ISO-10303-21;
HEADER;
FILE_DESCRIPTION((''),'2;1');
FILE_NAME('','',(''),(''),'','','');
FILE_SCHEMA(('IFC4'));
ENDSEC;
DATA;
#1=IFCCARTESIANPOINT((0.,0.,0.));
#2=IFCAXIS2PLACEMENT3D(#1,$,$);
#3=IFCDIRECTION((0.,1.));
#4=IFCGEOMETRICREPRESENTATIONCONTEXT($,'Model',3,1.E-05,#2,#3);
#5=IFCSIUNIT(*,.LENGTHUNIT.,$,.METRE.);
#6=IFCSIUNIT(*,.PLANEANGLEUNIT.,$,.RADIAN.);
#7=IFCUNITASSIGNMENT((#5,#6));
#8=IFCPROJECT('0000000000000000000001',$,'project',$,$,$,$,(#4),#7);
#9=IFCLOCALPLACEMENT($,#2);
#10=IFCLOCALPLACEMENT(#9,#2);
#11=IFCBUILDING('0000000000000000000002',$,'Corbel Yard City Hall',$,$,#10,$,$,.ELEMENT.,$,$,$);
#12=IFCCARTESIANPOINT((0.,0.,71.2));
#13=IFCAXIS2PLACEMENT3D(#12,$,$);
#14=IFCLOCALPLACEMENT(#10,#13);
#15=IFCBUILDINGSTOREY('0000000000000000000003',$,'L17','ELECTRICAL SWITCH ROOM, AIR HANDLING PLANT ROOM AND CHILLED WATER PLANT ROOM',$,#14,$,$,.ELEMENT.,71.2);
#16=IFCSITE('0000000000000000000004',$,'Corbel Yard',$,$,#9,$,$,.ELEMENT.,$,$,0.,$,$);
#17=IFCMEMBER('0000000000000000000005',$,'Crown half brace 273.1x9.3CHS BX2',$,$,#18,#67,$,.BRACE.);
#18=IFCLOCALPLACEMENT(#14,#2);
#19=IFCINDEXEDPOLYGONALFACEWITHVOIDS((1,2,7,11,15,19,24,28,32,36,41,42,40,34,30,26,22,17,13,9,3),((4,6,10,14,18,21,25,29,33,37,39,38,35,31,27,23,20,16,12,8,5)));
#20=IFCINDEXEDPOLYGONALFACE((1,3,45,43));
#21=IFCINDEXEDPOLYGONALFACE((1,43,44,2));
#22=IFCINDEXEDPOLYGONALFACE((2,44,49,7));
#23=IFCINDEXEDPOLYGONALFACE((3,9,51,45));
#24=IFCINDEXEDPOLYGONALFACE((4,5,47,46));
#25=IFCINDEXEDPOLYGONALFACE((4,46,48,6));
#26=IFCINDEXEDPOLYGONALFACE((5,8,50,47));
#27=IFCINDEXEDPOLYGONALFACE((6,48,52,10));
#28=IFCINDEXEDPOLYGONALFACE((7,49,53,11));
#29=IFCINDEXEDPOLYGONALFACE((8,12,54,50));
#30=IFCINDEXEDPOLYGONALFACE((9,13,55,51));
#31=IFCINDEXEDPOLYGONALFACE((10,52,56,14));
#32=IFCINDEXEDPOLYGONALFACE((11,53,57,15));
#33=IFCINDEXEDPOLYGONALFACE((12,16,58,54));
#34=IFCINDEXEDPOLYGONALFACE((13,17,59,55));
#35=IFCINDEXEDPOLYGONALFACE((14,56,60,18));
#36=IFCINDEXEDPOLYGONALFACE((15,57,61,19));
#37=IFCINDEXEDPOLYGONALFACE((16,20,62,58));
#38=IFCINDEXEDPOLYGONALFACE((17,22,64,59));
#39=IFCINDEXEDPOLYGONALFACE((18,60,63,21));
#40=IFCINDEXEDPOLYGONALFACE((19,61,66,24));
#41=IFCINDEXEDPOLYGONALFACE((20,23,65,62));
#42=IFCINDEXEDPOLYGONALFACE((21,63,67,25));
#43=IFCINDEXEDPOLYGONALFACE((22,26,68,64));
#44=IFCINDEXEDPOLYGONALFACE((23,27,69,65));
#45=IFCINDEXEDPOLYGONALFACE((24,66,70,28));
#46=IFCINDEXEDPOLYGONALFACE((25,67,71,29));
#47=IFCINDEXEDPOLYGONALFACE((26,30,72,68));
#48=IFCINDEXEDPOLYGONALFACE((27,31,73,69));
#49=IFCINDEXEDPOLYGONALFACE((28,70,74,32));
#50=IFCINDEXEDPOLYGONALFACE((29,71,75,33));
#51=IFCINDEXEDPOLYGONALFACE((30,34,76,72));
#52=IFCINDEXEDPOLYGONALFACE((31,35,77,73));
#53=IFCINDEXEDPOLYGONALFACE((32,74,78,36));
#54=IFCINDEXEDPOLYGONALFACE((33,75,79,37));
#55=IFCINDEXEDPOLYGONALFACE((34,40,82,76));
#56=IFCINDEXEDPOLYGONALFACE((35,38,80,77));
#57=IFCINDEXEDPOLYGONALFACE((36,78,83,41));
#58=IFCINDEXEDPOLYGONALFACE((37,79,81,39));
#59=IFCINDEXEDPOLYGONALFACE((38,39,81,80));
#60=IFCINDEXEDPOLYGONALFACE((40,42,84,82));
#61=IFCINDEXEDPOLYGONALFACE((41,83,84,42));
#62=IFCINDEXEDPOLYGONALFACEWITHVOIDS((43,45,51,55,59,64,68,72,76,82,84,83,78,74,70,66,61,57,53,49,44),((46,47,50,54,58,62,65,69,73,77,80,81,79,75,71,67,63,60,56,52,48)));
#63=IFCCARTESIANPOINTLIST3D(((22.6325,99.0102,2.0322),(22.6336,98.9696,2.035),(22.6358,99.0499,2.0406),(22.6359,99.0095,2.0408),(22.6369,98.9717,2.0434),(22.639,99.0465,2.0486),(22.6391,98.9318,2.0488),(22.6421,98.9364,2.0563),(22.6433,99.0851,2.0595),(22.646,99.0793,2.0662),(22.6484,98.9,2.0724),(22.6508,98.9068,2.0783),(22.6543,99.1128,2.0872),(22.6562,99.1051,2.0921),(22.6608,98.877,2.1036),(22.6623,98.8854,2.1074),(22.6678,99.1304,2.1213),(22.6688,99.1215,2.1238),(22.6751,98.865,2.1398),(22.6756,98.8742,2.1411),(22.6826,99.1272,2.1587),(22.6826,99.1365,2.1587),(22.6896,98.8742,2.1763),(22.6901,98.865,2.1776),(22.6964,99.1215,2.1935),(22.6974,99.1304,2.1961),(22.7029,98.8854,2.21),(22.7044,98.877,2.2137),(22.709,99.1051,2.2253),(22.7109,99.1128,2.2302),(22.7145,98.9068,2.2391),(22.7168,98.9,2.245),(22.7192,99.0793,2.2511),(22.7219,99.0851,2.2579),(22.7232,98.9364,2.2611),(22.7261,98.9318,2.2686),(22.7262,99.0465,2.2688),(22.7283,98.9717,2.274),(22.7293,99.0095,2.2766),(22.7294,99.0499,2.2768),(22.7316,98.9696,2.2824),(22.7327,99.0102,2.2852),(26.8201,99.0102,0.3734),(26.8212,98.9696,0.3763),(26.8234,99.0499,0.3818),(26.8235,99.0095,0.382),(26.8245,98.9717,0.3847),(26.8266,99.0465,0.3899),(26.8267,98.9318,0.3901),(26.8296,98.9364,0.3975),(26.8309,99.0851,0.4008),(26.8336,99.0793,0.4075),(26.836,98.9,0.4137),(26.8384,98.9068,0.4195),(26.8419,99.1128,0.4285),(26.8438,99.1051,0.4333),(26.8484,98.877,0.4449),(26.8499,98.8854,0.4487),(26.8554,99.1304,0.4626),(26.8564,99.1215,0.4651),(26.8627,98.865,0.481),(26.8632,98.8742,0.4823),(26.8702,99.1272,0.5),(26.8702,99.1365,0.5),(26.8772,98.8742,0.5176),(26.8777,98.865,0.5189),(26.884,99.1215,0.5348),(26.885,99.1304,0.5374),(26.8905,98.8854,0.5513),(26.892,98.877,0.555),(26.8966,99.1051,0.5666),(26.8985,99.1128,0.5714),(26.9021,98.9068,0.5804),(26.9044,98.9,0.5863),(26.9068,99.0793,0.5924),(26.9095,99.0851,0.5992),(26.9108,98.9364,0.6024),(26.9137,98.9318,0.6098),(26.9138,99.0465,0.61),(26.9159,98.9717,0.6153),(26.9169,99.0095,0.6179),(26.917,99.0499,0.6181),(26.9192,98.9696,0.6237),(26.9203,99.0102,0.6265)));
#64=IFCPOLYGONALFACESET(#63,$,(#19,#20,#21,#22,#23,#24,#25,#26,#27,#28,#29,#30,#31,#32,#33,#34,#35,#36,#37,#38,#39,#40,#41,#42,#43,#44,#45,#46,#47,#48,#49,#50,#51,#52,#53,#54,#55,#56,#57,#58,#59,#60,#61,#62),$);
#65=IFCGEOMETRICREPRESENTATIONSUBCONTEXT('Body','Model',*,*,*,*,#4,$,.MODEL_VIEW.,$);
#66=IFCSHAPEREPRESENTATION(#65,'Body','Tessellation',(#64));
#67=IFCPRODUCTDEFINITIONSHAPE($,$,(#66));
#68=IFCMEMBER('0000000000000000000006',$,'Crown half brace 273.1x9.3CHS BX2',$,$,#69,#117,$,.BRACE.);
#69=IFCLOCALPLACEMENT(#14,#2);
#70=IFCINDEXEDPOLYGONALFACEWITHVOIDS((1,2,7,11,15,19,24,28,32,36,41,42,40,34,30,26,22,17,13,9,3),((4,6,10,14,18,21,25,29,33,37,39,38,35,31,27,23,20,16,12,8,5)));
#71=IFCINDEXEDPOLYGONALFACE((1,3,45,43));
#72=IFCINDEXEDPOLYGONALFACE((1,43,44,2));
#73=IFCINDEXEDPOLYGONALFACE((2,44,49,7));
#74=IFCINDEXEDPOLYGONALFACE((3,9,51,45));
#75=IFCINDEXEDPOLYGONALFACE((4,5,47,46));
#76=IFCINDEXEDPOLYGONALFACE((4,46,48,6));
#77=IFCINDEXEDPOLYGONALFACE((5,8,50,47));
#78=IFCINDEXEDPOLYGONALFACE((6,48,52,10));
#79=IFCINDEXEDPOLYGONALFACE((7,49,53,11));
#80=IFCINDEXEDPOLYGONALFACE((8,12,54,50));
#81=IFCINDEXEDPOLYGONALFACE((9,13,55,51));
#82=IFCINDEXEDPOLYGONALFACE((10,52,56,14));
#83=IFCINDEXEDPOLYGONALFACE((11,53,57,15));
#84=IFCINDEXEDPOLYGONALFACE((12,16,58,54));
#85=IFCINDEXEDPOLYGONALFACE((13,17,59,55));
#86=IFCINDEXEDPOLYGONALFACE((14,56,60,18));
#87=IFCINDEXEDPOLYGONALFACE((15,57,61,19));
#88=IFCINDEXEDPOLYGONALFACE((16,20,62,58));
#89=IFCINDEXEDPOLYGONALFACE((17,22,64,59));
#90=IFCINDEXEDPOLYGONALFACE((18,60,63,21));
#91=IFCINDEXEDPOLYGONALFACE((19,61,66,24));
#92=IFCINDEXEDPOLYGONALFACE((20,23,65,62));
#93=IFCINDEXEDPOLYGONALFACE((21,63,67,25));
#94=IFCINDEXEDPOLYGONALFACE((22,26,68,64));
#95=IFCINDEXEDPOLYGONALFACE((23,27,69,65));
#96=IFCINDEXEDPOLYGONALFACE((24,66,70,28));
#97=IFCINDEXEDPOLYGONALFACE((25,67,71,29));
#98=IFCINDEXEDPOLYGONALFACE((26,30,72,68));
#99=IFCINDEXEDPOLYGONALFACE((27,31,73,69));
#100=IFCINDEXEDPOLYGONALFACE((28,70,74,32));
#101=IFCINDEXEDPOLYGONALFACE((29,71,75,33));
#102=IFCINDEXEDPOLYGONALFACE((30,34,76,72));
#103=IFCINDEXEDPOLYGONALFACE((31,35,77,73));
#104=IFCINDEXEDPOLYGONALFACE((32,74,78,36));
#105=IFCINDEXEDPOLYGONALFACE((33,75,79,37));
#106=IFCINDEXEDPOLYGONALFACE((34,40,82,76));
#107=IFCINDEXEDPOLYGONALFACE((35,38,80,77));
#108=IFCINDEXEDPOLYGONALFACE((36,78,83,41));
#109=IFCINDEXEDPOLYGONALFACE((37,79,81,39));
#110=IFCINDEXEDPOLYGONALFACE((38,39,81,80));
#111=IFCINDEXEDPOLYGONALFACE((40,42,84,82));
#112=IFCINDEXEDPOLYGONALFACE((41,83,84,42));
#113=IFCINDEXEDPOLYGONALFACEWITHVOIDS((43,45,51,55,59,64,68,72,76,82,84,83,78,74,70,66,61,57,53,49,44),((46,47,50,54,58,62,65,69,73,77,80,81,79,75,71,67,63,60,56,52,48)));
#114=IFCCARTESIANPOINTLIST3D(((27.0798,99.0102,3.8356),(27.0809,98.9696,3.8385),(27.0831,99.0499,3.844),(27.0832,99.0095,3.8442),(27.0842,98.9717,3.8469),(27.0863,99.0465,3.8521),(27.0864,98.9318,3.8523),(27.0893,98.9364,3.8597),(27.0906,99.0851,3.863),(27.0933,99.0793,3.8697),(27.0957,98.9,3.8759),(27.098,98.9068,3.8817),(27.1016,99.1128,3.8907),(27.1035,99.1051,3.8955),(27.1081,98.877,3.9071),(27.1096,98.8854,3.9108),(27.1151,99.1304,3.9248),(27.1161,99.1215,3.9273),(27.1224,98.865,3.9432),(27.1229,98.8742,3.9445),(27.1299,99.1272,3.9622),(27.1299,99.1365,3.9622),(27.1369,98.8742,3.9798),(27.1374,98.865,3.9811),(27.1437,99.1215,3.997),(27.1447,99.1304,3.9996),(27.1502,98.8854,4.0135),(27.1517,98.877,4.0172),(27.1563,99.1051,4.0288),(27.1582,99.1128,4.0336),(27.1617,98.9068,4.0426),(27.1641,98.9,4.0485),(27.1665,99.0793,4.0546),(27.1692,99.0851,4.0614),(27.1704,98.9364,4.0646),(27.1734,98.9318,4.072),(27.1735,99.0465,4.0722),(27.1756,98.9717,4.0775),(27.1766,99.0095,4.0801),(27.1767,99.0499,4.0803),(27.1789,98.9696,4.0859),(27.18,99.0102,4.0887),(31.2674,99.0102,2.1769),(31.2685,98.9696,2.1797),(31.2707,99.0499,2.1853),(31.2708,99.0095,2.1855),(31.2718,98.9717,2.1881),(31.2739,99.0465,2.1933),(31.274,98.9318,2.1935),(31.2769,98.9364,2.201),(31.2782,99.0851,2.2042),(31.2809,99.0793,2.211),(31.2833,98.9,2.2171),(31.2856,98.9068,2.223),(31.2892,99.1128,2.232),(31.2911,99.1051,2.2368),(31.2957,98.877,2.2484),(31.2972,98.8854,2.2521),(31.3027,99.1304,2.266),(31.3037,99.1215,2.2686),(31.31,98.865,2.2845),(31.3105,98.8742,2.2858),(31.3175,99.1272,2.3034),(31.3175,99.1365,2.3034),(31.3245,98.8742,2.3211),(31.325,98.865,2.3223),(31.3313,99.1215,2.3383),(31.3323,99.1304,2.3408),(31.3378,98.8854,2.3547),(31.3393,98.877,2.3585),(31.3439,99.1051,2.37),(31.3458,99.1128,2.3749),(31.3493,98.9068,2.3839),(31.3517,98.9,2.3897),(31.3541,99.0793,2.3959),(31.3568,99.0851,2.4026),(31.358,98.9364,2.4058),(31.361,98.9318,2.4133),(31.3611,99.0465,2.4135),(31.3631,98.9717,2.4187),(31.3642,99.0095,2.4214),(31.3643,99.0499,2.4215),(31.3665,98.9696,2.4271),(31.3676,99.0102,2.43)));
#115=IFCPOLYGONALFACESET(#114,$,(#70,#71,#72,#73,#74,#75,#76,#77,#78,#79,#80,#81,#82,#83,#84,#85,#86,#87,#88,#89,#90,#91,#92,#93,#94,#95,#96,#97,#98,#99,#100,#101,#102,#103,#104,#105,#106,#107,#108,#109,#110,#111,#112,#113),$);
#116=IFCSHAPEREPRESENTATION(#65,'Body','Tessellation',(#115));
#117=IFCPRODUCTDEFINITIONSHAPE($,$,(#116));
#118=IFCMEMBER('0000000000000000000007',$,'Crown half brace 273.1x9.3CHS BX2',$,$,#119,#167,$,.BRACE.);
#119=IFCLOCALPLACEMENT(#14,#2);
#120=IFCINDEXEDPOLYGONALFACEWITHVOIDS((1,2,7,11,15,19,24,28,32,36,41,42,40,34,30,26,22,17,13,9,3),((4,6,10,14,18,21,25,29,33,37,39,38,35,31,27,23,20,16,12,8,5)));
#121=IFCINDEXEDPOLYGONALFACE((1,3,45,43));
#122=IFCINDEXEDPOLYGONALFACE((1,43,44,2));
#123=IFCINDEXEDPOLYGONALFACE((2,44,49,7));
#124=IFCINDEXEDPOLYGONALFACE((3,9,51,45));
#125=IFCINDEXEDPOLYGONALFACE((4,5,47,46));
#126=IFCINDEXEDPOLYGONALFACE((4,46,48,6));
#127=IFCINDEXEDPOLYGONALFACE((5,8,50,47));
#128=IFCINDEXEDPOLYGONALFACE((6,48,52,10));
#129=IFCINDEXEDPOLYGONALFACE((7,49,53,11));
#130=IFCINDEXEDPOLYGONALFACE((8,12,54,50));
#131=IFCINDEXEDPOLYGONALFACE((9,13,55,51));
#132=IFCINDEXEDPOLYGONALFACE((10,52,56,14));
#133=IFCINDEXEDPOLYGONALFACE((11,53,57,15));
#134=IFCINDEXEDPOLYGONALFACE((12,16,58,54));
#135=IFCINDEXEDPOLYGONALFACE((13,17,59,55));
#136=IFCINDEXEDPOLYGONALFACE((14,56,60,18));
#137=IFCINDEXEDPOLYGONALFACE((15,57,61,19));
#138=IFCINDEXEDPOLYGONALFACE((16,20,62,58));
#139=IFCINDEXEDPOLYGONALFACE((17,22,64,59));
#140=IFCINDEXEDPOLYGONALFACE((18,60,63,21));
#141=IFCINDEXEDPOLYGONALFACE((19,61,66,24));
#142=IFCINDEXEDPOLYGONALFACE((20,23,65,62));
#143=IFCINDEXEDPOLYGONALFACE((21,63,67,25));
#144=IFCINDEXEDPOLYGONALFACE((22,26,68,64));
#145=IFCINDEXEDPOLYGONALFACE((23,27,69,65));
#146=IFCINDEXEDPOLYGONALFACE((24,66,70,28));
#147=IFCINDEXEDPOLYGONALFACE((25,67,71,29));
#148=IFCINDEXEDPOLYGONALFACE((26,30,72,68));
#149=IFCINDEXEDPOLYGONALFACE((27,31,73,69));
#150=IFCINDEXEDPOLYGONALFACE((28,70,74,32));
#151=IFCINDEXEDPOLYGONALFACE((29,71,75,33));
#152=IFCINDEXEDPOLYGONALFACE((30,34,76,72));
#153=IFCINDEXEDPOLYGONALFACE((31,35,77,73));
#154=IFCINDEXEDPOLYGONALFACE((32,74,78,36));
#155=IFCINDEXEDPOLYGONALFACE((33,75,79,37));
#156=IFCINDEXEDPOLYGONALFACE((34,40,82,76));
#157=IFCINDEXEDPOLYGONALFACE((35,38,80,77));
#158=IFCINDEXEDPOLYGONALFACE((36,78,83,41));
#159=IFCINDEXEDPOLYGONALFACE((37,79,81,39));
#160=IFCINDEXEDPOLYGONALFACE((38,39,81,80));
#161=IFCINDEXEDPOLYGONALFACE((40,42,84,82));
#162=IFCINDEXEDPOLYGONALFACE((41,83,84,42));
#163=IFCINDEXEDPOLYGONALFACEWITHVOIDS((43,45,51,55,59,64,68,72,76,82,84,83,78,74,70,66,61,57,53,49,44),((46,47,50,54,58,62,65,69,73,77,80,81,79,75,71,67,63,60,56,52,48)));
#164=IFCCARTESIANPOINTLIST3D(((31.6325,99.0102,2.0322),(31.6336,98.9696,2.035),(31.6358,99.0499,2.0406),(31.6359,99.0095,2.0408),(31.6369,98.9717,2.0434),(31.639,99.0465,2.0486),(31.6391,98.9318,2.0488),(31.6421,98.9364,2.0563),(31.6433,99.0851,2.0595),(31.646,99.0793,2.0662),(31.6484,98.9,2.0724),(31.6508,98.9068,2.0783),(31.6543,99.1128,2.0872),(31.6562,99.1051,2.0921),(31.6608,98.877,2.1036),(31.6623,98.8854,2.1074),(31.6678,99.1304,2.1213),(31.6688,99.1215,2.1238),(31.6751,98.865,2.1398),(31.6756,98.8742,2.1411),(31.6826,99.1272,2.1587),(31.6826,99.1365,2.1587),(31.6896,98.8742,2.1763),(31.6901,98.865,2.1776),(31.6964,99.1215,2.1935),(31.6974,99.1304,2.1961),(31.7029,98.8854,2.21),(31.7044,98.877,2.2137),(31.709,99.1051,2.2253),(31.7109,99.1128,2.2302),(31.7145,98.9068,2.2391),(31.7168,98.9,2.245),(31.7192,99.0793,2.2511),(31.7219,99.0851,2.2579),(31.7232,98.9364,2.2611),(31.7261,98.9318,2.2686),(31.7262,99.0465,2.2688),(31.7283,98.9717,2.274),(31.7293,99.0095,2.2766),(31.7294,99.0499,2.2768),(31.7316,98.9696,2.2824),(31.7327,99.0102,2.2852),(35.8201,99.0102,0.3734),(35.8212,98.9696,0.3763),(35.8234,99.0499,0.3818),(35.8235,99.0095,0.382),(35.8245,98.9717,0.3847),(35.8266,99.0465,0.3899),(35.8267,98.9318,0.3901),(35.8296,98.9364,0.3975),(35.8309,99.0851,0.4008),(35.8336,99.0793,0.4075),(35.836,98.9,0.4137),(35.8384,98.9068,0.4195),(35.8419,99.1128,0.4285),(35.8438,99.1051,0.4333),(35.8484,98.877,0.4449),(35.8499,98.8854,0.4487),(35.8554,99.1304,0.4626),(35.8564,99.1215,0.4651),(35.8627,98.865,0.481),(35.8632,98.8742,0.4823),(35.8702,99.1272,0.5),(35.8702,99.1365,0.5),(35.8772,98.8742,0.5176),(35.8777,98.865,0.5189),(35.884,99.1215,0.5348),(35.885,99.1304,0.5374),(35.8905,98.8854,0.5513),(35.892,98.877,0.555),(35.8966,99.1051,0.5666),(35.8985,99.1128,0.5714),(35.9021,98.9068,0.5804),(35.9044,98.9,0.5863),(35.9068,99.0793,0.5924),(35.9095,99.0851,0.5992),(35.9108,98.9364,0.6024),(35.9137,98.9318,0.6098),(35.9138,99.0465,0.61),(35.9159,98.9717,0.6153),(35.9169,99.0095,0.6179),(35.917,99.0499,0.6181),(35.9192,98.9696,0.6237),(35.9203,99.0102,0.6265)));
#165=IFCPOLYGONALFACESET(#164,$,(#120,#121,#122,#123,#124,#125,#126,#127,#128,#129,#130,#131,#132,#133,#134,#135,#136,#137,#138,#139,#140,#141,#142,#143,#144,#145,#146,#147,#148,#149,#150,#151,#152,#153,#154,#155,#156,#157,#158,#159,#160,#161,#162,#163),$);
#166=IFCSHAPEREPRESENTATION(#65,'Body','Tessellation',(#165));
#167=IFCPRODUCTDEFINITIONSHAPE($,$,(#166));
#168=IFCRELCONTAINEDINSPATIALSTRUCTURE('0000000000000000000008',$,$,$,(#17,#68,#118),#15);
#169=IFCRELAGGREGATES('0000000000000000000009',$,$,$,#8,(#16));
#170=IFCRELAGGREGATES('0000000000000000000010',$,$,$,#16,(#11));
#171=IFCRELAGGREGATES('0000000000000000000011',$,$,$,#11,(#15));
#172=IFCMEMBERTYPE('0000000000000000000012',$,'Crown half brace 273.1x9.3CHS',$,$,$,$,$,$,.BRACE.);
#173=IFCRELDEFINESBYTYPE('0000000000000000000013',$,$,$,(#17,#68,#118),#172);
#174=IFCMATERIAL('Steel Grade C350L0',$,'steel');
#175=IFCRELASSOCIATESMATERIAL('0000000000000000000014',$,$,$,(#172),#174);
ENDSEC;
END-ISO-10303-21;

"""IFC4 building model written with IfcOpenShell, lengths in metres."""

from ifc_helpers import new_model, si_unit, direction, frame, origin, origin_2d, place, context, subcontext, project, spatial, hollow_circle, extrude, material, material_profile, profile_set, type_object, element, save


model = new_model("IFC4")

# Units and contexts
model_context = context("Model", 3, precision=1e-05, world=origin(), true_north=direction((0.0, 1.0)))
body_context = subcontext(model_context, "Body", "Model", "MODEL_VIEW")
ifc_project = project(units=[si_unit("LENGTHUNIT", "METRE"), si_unit("PLANEANGLEUNIT", "RADIAN")], contexts=[model_context])

# Site, building, storey
site_placement = place(None, origin())
site = spatial("IfcSite", under=ifc_project, at=site_placement, Name="Corbel Yard", CompositionType="ELEMENT", RefElevation=0.0)
building_placement = place(site_placement, origin())
building = spatial("IfcBuilding", under=site, at=building_placement, Name="Corbel Yard City Hall", CompositionType="ELEMENT")
storey_placement = place(building_placement, frame((0.0, 0.0, 71.2)))
storey = spatial("IfcBuildingStorey", under=building, at=storey_placement, Name="L17", Description="ELECTRICAL SWITCH ROOM, AIR HANDLING PLANT ROOM AND CHILLED WATER PLANT ROOM", CompositionType="ELEMENT", Elevation=71.2)

# Members
ifc_material_1 = material(Name="Steel Grade C350L0", Category="steel")
ifc_material_profile_1 = material_profile(ifc_material_1, hollow_circle(Radius=0.1365, WallThickness=0.0093, at=origin_2d()), Name="273.1x9.3CHS")
ifc_profile_set_1 = profile_set([ifc_material_profile_1], Name="Steel Grade C350L0")
member_type_1 = type_object("IfcMemberType", Name="Crown half brace 273.1x9.3CHS", PredefinedType="BRACE", material=ifc_profile_set_1)
for number, where, z_axis, x_axis, name in (
    (1, (22.6826, 99.0, 2.1587), (0.92972, 0.0, -0.368267), (0.0, 1.0, 0.0), "Crown half brace 273.1x9.3CHS BX2"),
    (2, (27.1299, 99.0, 3.9622), (0.92972, 0.0, -0.368267), (0.0, 1.0, 0.0), "Crown half brace 273.1x9.3CHS BX2"),
    (3, (31.6826, 99.0, 2.1587), (0.92972, 0.0, -0.368267), (0.0, 1.0, 0.0), "Crown half brace 273.1x9.3CHS BX2"),
):
    element("IfcMember", number, at=place(storey_placement, frame(where, z_axis=z_axis, x_axis=x_axis)), inside=storey, type_object=member_type_1, Name=name, PredefinedType="BRACE", context=body_context, shape_type="SweptSolid", body=[
        extrude(hollow_circle(Radius=0.1365, WallThickness=0.0093, at=origin_2d()), origin(), (0.0, 0.0, 1.0), 4.5042),
    ])

save(model, "model.ifc")
